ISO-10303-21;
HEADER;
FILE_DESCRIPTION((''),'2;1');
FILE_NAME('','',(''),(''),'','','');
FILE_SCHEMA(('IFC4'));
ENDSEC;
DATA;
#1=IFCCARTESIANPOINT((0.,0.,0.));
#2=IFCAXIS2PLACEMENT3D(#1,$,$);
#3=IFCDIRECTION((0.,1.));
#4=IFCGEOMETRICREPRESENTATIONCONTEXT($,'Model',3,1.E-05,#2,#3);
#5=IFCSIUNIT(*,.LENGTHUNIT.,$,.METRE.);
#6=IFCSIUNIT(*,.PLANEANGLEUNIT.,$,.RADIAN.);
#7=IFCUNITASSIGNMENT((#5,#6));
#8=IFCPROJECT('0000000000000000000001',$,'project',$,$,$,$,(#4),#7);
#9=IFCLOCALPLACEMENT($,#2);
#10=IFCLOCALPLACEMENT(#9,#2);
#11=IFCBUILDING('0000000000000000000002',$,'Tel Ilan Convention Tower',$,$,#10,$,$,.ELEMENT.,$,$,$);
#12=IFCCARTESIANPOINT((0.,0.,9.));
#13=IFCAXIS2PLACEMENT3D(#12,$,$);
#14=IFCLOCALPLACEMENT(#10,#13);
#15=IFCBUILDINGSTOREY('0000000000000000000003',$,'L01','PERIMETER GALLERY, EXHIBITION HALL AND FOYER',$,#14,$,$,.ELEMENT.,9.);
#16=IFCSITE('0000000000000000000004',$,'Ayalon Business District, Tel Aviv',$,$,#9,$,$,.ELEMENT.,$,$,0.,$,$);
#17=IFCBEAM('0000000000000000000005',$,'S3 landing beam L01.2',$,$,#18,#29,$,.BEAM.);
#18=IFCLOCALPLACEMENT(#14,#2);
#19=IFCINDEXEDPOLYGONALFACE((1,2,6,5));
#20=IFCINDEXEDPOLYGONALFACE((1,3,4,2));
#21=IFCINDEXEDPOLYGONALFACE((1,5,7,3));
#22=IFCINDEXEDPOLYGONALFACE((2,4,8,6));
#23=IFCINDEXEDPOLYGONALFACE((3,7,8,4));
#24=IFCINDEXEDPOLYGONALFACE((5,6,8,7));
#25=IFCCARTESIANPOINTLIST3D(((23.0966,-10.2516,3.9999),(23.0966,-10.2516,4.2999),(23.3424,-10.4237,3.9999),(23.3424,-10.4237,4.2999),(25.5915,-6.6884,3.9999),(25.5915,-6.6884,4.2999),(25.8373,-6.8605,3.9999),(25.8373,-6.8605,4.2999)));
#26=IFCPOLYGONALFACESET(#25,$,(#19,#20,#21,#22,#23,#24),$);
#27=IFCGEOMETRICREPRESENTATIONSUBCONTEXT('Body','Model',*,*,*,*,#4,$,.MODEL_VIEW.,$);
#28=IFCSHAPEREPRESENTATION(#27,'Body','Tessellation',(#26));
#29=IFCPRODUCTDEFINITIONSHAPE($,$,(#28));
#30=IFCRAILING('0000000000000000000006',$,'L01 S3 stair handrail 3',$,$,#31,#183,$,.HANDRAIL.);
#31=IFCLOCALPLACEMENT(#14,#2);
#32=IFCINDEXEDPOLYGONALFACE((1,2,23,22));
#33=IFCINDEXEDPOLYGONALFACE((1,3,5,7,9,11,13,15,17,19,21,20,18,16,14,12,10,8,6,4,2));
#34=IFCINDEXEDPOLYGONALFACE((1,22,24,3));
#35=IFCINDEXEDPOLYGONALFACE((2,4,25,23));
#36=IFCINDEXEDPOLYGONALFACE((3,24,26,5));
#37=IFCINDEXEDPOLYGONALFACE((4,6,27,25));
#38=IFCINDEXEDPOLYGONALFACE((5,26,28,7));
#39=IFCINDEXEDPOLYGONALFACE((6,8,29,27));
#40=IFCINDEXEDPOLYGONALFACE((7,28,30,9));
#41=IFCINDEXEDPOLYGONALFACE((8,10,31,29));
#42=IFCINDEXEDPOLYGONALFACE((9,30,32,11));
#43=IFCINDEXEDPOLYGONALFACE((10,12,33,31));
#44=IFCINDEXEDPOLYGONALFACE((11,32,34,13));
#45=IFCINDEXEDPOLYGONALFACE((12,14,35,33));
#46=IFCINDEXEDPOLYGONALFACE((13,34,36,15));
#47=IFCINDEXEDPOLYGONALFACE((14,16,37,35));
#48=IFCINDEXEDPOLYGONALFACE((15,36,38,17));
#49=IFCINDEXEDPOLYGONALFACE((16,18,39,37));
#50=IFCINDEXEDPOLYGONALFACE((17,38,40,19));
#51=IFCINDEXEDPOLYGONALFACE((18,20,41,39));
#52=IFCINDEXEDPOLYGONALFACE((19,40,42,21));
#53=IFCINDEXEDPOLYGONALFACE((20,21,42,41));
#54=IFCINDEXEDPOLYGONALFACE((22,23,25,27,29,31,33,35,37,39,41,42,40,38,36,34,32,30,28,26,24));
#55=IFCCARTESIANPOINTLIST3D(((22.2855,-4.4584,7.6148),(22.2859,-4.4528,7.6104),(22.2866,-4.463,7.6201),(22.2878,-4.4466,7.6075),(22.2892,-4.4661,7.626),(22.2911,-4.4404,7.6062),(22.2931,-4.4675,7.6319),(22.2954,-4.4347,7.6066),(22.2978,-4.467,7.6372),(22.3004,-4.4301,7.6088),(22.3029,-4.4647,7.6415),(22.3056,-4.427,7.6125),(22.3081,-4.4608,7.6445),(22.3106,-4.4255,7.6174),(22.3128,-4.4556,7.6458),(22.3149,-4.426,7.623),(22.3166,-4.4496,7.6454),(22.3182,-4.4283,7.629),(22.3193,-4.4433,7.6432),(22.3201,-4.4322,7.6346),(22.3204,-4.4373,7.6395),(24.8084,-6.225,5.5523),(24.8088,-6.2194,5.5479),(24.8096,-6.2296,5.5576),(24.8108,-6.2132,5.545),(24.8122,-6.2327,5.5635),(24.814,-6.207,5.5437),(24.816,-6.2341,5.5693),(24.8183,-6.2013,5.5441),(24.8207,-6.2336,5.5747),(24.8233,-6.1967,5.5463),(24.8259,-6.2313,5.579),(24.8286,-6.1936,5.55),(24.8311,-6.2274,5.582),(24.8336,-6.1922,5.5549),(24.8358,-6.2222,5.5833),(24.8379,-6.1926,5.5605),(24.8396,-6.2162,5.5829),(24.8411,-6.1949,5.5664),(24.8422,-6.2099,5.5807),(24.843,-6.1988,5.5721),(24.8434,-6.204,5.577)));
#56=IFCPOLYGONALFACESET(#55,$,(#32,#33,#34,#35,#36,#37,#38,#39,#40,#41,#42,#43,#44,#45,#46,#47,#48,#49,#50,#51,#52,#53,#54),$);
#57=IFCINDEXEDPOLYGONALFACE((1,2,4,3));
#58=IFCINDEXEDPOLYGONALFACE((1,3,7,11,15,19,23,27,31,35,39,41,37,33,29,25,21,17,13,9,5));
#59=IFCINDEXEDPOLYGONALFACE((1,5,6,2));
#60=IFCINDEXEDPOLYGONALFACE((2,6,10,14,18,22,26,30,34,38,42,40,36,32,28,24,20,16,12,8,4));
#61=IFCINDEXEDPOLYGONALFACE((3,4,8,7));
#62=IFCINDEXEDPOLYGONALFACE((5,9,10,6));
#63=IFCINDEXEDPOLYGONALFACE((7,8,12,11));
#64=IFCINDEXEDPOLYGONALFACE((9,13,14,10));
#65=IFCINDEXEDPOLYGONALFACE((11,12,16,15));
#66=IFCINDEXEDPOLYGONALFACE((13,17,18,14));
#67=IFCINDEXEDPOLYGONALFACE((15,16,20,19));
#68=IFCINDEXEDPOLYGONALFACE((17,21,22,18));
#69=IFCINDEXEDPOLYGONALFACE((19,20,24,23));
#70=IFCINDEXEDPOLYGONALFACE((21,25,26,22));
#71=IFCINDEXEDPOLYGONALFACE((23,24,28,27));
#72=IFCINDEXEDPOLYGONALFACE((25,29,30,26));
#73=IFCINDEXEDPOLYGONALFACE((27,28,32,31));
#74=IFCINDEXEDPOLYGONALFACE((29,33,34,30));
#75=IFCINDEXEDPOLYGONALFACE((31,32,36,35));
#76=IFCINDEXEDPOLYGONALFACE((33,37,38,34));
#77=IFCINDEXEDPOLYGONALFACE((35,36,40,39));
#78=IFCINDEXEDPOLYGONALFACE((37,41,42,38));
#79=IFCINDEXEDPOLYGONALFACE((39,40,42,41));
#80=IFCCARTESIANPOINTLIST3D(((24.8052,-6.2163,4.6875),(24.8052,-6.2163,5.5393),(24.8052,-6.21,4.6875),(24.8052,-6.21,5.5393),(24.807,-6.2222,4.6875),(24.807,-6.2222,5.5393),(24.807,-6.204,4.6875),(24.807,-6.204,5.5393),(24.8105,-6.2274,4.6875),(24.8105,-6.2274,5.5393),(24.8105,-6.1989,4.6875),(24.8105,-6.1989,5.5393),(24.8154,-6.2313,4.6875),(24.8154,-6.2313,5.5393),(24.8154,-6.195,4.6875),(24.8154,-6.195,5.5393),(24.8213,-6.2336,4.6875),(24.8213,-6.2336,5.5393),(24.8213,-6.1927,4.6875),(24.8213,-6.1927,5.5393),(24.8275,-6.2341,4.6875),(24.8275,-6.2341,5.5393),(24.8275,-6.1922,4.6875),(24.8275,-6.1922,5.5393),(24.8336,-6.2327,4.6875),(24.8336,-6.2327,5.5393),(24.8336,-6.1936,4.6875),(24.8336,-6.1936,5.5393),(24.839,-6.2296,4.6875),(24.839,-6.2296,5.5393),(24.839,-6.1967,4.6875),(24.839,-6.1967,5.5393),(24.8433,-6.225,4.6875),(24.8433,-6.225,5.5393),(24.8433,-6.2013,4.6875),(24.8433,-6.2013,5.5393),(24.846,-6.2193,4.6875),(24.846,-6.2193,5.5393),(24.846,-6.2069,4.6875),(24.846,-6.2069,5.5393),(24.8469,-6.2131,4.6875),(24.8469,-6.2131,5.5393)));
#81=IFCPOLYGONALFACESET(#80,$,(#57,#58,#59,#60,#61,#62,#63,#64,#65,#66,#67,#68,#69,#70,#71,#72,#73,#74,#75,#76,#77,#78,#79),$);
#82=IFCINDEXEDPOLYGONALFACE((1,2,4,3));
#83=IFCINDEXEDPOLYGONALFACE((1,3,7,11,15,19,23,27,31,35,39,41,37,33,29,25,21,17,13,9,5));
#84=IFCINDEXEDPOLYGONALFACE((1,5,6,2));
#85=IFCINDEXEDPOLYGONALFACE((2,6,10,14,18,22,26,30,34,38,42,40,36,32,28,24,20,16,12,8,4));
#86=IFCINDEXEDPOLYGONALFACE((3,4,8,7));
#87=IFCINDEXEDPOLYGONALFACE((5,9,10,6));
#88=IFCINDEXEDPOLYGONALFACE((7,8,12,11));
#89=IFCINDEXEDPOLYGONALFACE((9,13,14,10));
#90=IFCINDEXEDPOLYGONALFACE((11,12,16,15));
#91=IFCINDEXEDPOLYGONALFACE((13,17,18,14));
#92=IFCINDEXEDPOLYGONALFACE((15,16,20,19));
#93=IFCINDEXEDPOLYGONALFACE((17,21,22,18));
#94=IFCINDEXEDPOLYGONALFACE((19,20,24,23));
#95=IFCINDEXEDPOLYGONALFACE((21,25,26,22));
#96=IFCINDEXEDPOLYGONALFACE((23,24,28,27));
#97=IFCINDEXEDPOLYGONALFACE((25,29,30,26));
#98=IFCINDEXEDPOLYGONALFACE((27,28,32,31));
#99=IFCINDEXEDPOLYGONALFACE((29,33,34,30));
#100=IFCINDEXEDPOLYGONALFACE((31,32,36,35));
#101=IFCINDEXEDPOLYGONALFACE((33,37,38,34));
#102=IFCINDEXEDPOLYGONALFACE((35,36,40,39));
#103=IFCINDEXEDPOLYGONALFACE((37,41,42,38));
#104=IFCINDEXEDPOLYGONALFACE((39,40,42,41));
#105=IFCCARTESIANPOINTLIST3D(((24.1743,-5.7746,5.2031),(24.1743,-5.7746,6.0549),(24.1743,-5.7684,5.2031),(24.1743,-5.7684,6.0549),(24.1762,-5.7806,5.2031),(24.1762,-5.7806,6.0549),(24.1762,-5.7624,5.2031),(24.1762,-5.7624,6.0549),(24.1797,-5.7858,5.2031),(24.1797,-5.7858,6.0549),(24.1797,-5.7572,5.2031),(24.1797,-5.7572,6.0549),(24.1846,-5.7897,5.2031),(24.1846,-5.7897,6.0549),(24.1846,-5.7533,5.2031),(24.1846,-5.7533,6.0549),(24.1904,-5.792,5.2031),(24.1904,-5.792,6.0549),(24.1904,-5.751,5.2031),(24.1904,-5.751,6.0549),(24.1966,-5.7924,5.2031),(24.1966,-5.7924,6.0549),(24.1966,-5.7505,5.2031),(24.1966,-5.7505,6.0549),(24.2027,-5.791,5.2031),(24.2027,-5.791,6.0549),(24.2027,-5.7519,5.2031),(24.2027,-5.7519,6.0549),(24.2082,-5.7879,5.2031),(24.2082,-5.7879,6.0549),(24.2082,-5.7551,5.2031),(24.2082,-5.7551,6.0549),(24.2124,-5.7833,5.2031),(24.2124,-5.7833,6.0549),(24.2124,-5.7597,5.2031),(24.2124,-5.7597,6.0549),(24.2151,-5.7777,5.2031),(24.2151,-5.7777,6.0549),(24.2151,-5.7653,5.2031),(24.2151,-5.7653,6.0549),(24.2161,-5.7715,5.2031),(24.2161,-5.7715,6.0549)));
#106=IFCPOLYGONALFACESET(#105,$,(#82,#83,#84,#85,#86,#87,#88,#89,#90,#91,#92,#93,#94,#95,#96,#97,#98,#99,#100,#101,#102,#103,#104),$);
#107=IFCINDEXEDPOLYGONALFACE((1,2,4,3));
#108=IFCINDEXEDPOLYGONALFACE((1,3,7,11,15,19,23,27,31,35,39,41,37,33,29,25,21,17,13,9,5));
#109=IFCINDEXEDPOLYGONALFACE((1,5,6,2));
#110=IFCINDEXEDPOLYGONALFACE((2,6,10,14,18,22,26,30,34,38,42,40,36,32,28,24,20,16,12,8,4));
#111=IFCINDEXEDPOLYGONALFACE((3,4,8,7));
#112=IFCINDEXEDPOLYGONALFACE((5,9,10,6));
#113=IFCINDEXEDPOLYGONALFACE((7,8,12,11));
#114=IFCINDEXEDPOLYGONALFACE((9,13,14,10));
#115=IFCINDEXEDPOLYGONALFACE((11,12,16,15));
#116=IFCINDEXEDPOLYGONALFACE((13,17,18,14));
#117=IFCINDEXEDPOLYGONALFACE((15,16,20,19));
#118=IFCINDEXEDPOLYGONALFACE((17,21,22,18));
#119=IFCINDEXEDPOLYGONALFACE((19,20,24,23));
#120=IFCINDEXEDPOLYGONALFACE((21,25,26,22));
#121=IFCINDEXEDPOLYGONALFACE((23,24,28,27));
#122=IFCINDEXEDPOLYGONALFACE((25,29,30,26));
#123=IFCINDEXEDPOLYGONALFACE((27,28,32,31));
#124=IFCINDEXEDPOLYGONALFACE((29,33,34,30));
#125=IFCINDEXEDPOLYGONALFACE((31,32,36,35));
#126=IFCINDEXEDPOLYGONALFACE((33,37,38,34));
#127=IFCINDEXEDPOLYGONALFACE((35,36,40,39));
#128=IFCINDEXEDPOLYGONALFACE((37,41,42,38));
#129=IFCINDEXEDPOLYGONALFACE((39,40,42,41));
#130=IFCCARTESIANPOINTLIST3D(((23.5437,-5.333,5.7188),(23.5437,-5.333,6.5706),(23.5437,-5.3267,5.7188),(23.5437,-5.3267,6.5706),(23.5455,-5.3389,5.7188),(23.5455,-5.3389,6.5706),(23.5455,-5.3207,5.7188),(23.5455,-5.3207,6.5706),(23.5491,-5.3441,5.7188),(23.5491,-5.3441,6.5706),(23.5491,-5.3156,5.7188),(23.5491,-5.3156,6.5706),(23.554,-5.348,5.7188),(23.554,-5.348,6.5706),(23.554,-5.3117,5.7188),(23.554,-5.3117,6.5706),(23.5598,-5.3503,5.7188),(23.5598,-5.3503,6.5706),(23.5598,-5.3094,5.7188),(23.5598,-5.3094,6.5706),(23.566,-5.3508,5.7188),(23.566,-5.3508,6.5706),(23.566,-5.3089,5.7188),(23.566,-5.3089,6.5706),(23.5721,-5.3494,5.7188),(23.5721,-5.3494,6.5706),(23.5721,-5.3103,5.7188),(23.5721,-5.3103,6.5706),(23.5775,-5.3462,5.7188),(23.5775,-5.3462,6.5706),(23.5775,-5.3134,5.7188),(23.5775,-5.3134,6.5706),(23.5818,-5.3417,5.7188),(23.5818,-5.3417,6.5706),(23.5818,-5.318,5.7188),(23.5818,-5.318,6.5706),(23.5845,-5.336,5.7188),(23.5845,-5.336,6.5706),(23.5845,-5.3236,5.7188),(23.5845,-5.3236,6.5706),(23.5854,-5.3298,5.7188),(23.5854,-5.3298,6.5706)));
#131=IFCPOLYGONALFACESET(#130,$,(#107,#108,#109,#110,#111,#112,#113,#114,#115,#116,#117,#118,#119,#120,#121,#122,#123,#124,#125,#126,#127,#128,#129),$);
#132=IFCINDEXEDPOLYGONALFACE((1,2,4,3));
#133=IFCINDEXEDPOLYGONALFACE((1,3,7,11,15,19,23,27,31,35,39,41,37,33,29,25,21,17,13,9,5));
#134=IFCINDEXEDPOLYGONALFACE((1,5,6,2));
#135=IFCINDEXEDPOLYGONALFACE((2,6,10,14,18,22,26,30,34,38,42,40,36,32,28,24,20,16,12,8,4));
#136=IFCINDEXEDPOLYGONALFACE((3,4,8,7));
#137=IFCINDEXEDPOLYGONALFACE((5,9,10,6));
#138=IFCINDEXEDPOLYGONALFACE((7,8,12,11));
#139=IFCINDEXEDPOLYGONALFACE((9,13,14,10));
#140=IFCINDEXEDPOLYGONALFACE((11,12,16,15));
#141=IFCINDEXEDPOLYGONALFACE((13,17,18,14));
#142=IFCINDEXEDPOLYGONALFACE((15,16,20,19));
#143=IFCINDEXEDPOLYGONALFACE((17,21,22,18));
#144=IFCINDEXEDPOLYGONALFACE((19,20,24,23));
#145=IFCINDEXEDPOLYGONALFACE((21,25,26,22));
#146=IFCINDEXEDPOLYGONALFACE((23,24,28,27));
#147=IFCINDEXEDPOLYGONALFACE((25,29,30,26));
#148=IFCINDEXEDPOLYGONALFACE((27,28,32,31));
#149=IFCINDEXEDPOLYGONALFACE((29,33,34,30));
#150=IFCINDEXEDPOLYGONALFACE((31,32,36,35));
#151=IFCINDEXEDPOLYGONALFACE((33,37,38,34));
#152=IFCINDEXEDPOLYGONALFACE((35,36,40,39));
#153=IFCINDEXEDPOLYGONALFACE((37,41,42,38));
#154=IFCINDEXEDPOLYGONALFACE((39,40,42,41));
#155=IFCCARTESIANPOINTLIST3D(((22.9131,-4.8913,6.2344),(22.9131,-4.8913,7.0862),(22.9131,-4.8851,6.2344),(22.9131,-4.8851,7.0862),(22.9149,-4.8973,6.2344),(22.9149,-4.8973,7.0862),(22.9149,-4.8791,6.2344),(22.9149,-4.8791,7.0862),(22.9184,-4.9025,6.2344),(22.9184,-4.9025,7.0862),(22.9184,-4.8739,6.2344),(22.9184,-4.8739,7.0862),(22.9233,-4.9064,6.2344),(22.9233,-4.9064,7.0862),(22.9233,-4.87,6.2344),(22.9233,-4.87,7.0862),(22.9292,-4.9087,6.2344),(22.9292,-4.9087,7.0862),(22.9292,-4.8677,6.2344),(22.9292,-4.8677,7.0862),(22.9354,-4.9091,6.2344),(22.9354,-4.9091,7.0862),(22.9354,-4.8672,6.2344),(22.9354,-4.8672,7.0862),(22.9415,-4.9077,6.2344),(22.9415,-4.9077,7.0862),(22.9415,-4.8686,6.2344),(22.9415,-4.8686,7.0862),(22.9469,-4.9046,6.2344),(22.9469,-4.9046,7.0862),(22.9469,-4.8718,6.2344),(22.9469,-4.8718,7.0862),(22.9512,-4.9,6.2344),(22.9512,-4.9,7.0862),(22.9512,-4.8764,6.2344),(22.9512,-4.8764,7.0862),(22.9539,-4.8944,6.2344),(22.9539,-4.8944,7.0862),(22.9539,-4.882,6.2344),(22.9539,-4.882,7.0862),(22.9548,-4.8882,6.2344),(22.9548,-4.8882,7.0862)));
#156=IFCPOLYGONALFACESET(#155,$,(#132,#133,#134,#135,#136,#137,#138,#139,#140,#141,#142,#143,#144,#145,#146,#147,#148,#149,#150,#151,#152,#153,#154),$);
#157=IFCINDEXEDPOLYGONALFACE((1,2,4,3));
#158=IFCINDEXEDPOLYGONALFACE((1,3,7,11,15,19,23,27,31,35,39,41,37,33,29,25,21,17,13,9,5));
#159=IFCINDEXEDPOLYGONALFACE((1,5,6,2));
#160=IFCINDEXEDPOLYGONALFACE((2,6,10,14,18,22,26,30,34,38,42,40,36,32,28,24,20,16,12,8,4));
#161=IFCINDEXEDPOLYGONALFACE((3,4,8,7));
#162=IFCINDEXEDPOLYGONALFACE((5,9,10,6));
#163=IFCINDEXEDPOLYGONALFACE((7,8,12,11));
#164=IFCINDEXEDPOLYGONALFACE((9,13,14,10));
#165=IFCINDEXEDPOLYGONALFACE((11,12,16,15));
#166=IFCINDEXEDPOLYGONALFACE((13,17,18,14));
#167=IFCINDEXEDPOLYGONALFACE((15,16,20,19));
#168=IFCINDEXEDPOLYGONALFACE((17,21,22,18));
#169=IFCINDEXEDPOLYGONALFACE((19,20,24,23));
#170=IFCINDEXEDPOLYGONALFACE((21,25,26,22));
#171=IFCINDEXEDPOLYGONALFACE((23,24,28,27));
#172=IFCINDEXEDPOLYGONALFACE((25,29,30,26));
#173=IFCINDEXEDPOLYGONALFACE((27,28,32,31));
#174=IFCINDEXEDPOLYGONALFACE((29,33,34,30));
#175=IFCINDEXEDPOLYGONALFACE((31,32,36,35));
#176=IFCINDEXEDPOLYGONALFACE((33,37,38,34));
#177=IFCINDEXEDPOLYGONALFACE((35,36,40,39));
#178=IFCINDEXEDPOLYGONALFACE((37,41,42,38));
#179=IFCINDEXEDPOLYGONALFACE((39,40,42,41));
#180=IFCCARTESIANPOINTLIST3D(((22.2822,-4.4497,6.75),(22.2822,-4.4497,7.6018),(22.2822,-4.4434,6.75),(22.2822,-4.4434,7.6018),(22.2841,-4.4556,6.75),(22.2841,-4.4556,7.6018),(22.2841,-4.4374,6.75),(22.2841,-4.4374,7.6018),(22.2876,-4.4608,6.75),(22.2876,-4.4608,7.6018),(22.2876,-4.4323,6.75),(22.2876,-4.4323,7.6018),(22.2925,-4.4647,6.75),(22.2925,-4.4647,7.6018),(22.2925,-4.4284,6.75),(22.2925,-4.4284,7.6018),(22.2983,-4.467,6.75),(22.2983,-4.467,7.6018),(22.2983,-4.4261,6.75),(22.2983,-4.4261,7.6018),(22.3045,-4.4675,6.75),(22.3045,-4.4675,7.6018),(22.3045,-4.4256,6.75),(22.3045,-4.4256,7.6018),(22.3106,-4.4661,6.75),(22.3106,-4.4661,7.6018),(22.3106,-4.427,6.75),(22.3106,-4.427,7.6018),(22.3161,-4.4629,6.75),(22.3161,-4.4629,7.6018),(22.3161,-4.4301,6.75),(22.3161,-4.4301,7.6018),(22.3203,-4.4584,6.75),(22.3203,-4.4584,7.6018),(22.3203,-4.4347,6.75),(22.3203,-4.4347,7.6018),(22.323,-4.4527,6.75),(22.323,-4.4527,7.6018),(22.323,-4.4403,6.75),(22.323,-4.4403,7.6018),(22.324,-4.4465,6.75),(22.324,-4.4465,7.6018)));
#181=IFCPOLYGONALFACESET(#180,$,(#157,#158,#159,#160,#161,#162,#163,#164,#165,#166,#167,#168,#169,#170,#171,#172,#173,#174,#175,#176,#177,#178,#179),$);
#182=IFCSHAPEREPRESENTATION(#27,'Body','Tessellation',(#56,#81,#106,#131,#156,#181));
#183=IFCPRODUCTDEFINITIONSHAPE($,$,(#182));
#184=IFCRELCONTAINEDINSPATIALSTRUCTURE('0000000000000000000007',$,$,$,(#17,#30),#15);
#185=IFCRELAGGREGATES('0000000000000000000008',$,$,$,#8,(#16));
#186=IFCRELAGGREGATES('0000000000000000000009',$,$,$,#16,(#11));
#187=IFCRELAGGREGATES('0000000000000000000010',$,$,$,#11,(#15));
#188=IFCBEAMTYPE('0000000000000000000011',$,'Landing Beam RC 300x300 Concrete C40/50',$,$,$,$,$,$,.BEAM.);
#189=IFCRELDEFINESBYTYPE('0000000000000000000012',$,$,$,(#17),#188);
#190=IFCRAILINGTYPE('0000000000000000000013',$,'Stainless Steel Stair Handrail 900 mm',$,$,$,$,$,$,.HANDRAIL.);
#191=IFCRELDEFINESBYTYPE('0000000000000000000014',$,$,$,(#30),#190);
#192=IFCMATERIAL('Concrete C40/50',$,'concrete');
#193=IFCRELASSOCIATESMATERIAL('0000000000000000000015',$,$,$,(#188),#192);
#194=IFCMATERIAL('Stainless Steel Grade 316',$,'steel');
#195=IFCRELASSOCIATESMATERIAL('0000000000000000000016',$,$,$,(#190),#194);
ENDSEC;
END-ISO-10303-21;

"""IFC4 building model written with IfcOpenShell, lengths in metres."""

from ifc_helpers import new_model, si_unit, direction, frame, origin, origin_2d, place, context, subcontext, project, spatial, rectangle, circle, extrude, material, material_profile, profile_set, type_object, element, save


model = new_model("IFC4")

# Units and contexts
model_context = context("Model", 3, precision=1e-05, world=origin(), true_north=direction((0.0, 1.0)))
body_context = subcontext(model_context, "Body", "Model", "MODEL_VIEW")
ifc_project = project(units=[si_unit("LENGTHUNIT", "METRE"), si_unit("PLANEANGLEUNIT", "RADIAN")], contexts=[model_context])

# Site, building, storey
site_placement = place(None, origin())
site = spatial("IfcSite", under=ifc_project, at=site_placement, Name="Ayalon Business District, Tel Aviv", CompositionType="ELEMENT", RefElevation=0.0)
building_placement = place(site_placement, origin())
building = spatial("IfcBuilding", under=site, at=building_placement, Name="Tel Ilan Convention Tower", CompositionType="ELEMENT")
storey_placement = place(building_placement, frame((0.0, 0.0, 9.0)))
storey = spatial("IfcBuildingStorey", under=building, at=storey_placement, Name="L01", Description="PERIMETER GALLERY, EXHIBITION HALL AND FOYER", CompositionType="ELEMENT", Elevation=9.0)

# Beam
ifc_material_1 = material(Name="Concrete C40/50", Category="concrete")
ifc_material_profile = material_profile(ifc_material_1, rectangle(XDim=0.3, YDim=0.3, at=origin_2d()), Name="RC 300x300")
ifc_profile_set = profile_set([ifc_material_profile], Name="Concrete C40/50")
beam_type = type_object("IfcBeamType", Name="Landing Beam RC 300x300 Concrete C40/50", PredefinedType="BEAM", material=ifc_profile_set)
beam_placement = place(storey_placement, frame((25.7144, -6.7744, 4.1499), z_axis=(-0.573557, -0.819166, 0.0), x_axis=(0.819166, -0.573557, 0.0)))
element("IfcBeam", 1, at=beam_placement, inside=storey, type_object=beam_type, Name="S3 landing beam L01.2", PredefinedType="BEAM", context=body_context, shape_type="SweptSolid", body=[
    extrude(rectangle(XDim=0.3, YDim=0.3, at=origin_2d()), origin(), (0.0, 0.0, 1.0), 4.3499),
])

# Railing
ifc_material_2 = material(Name="Stainless Steel Grade 316", Category="steel")
railing_type = type_object("IfcRailingType", Name="Stainless Steel Stair Handrail 900 mm", PredefinedType="HANDRAIL", material=ifc_material_2)
railing_placement = place(storey_placement, frame((24.8259, -6.2131, 4.6875)))
element("IfcRailing", 2, at=railing_placement, inside=storey, type_object=railing_type, Name="L01 S3 stair handrail 3", PredefinedType="HANDRAIL", context=body_context, shape_type="SweptSolid", body=[
    extrude(circle(Radius=0.0239, at=origin_2d()), frame((0.0, 0.0, 0.876), z_axis=(-0.680635, 0.476589, 0.556416), x_axis=(-0.573579, -0.81915, 0.0)), (0.0, 0.0, 1.0), 3.7068),
    extrude(circle(Radius=0.021, at=origin_2d()), origin(), (0.0, 0.0, 1.0), 0.8518),
    extrude(circle(Radius=0.021, at=origin_2d()), frame((-0.6309, 0.4417, 0.5156)), (0.0, 0.0, 1.0), 0.8518),
    extrude(circle(Radius=0.021, at=origin_2d()), frame((-1.2615, 0.8833, 1.0312)), (0.0, 0.0, 1.0), 0.8518),
    extrude(circle(Radius=0.021, at=origin_2d()), frame((-1.8921, 1.325, 1.5469)), (0.0, 0.0, 1.0), 0.8518),
    extrude(circle(Radius=0.021, at=origin_2d()), frame((-2.5229, 1.7666, 2.0625)), (0.0, 0.0, 1.0), 0.8518),
])

save(model, "model.ifc")
